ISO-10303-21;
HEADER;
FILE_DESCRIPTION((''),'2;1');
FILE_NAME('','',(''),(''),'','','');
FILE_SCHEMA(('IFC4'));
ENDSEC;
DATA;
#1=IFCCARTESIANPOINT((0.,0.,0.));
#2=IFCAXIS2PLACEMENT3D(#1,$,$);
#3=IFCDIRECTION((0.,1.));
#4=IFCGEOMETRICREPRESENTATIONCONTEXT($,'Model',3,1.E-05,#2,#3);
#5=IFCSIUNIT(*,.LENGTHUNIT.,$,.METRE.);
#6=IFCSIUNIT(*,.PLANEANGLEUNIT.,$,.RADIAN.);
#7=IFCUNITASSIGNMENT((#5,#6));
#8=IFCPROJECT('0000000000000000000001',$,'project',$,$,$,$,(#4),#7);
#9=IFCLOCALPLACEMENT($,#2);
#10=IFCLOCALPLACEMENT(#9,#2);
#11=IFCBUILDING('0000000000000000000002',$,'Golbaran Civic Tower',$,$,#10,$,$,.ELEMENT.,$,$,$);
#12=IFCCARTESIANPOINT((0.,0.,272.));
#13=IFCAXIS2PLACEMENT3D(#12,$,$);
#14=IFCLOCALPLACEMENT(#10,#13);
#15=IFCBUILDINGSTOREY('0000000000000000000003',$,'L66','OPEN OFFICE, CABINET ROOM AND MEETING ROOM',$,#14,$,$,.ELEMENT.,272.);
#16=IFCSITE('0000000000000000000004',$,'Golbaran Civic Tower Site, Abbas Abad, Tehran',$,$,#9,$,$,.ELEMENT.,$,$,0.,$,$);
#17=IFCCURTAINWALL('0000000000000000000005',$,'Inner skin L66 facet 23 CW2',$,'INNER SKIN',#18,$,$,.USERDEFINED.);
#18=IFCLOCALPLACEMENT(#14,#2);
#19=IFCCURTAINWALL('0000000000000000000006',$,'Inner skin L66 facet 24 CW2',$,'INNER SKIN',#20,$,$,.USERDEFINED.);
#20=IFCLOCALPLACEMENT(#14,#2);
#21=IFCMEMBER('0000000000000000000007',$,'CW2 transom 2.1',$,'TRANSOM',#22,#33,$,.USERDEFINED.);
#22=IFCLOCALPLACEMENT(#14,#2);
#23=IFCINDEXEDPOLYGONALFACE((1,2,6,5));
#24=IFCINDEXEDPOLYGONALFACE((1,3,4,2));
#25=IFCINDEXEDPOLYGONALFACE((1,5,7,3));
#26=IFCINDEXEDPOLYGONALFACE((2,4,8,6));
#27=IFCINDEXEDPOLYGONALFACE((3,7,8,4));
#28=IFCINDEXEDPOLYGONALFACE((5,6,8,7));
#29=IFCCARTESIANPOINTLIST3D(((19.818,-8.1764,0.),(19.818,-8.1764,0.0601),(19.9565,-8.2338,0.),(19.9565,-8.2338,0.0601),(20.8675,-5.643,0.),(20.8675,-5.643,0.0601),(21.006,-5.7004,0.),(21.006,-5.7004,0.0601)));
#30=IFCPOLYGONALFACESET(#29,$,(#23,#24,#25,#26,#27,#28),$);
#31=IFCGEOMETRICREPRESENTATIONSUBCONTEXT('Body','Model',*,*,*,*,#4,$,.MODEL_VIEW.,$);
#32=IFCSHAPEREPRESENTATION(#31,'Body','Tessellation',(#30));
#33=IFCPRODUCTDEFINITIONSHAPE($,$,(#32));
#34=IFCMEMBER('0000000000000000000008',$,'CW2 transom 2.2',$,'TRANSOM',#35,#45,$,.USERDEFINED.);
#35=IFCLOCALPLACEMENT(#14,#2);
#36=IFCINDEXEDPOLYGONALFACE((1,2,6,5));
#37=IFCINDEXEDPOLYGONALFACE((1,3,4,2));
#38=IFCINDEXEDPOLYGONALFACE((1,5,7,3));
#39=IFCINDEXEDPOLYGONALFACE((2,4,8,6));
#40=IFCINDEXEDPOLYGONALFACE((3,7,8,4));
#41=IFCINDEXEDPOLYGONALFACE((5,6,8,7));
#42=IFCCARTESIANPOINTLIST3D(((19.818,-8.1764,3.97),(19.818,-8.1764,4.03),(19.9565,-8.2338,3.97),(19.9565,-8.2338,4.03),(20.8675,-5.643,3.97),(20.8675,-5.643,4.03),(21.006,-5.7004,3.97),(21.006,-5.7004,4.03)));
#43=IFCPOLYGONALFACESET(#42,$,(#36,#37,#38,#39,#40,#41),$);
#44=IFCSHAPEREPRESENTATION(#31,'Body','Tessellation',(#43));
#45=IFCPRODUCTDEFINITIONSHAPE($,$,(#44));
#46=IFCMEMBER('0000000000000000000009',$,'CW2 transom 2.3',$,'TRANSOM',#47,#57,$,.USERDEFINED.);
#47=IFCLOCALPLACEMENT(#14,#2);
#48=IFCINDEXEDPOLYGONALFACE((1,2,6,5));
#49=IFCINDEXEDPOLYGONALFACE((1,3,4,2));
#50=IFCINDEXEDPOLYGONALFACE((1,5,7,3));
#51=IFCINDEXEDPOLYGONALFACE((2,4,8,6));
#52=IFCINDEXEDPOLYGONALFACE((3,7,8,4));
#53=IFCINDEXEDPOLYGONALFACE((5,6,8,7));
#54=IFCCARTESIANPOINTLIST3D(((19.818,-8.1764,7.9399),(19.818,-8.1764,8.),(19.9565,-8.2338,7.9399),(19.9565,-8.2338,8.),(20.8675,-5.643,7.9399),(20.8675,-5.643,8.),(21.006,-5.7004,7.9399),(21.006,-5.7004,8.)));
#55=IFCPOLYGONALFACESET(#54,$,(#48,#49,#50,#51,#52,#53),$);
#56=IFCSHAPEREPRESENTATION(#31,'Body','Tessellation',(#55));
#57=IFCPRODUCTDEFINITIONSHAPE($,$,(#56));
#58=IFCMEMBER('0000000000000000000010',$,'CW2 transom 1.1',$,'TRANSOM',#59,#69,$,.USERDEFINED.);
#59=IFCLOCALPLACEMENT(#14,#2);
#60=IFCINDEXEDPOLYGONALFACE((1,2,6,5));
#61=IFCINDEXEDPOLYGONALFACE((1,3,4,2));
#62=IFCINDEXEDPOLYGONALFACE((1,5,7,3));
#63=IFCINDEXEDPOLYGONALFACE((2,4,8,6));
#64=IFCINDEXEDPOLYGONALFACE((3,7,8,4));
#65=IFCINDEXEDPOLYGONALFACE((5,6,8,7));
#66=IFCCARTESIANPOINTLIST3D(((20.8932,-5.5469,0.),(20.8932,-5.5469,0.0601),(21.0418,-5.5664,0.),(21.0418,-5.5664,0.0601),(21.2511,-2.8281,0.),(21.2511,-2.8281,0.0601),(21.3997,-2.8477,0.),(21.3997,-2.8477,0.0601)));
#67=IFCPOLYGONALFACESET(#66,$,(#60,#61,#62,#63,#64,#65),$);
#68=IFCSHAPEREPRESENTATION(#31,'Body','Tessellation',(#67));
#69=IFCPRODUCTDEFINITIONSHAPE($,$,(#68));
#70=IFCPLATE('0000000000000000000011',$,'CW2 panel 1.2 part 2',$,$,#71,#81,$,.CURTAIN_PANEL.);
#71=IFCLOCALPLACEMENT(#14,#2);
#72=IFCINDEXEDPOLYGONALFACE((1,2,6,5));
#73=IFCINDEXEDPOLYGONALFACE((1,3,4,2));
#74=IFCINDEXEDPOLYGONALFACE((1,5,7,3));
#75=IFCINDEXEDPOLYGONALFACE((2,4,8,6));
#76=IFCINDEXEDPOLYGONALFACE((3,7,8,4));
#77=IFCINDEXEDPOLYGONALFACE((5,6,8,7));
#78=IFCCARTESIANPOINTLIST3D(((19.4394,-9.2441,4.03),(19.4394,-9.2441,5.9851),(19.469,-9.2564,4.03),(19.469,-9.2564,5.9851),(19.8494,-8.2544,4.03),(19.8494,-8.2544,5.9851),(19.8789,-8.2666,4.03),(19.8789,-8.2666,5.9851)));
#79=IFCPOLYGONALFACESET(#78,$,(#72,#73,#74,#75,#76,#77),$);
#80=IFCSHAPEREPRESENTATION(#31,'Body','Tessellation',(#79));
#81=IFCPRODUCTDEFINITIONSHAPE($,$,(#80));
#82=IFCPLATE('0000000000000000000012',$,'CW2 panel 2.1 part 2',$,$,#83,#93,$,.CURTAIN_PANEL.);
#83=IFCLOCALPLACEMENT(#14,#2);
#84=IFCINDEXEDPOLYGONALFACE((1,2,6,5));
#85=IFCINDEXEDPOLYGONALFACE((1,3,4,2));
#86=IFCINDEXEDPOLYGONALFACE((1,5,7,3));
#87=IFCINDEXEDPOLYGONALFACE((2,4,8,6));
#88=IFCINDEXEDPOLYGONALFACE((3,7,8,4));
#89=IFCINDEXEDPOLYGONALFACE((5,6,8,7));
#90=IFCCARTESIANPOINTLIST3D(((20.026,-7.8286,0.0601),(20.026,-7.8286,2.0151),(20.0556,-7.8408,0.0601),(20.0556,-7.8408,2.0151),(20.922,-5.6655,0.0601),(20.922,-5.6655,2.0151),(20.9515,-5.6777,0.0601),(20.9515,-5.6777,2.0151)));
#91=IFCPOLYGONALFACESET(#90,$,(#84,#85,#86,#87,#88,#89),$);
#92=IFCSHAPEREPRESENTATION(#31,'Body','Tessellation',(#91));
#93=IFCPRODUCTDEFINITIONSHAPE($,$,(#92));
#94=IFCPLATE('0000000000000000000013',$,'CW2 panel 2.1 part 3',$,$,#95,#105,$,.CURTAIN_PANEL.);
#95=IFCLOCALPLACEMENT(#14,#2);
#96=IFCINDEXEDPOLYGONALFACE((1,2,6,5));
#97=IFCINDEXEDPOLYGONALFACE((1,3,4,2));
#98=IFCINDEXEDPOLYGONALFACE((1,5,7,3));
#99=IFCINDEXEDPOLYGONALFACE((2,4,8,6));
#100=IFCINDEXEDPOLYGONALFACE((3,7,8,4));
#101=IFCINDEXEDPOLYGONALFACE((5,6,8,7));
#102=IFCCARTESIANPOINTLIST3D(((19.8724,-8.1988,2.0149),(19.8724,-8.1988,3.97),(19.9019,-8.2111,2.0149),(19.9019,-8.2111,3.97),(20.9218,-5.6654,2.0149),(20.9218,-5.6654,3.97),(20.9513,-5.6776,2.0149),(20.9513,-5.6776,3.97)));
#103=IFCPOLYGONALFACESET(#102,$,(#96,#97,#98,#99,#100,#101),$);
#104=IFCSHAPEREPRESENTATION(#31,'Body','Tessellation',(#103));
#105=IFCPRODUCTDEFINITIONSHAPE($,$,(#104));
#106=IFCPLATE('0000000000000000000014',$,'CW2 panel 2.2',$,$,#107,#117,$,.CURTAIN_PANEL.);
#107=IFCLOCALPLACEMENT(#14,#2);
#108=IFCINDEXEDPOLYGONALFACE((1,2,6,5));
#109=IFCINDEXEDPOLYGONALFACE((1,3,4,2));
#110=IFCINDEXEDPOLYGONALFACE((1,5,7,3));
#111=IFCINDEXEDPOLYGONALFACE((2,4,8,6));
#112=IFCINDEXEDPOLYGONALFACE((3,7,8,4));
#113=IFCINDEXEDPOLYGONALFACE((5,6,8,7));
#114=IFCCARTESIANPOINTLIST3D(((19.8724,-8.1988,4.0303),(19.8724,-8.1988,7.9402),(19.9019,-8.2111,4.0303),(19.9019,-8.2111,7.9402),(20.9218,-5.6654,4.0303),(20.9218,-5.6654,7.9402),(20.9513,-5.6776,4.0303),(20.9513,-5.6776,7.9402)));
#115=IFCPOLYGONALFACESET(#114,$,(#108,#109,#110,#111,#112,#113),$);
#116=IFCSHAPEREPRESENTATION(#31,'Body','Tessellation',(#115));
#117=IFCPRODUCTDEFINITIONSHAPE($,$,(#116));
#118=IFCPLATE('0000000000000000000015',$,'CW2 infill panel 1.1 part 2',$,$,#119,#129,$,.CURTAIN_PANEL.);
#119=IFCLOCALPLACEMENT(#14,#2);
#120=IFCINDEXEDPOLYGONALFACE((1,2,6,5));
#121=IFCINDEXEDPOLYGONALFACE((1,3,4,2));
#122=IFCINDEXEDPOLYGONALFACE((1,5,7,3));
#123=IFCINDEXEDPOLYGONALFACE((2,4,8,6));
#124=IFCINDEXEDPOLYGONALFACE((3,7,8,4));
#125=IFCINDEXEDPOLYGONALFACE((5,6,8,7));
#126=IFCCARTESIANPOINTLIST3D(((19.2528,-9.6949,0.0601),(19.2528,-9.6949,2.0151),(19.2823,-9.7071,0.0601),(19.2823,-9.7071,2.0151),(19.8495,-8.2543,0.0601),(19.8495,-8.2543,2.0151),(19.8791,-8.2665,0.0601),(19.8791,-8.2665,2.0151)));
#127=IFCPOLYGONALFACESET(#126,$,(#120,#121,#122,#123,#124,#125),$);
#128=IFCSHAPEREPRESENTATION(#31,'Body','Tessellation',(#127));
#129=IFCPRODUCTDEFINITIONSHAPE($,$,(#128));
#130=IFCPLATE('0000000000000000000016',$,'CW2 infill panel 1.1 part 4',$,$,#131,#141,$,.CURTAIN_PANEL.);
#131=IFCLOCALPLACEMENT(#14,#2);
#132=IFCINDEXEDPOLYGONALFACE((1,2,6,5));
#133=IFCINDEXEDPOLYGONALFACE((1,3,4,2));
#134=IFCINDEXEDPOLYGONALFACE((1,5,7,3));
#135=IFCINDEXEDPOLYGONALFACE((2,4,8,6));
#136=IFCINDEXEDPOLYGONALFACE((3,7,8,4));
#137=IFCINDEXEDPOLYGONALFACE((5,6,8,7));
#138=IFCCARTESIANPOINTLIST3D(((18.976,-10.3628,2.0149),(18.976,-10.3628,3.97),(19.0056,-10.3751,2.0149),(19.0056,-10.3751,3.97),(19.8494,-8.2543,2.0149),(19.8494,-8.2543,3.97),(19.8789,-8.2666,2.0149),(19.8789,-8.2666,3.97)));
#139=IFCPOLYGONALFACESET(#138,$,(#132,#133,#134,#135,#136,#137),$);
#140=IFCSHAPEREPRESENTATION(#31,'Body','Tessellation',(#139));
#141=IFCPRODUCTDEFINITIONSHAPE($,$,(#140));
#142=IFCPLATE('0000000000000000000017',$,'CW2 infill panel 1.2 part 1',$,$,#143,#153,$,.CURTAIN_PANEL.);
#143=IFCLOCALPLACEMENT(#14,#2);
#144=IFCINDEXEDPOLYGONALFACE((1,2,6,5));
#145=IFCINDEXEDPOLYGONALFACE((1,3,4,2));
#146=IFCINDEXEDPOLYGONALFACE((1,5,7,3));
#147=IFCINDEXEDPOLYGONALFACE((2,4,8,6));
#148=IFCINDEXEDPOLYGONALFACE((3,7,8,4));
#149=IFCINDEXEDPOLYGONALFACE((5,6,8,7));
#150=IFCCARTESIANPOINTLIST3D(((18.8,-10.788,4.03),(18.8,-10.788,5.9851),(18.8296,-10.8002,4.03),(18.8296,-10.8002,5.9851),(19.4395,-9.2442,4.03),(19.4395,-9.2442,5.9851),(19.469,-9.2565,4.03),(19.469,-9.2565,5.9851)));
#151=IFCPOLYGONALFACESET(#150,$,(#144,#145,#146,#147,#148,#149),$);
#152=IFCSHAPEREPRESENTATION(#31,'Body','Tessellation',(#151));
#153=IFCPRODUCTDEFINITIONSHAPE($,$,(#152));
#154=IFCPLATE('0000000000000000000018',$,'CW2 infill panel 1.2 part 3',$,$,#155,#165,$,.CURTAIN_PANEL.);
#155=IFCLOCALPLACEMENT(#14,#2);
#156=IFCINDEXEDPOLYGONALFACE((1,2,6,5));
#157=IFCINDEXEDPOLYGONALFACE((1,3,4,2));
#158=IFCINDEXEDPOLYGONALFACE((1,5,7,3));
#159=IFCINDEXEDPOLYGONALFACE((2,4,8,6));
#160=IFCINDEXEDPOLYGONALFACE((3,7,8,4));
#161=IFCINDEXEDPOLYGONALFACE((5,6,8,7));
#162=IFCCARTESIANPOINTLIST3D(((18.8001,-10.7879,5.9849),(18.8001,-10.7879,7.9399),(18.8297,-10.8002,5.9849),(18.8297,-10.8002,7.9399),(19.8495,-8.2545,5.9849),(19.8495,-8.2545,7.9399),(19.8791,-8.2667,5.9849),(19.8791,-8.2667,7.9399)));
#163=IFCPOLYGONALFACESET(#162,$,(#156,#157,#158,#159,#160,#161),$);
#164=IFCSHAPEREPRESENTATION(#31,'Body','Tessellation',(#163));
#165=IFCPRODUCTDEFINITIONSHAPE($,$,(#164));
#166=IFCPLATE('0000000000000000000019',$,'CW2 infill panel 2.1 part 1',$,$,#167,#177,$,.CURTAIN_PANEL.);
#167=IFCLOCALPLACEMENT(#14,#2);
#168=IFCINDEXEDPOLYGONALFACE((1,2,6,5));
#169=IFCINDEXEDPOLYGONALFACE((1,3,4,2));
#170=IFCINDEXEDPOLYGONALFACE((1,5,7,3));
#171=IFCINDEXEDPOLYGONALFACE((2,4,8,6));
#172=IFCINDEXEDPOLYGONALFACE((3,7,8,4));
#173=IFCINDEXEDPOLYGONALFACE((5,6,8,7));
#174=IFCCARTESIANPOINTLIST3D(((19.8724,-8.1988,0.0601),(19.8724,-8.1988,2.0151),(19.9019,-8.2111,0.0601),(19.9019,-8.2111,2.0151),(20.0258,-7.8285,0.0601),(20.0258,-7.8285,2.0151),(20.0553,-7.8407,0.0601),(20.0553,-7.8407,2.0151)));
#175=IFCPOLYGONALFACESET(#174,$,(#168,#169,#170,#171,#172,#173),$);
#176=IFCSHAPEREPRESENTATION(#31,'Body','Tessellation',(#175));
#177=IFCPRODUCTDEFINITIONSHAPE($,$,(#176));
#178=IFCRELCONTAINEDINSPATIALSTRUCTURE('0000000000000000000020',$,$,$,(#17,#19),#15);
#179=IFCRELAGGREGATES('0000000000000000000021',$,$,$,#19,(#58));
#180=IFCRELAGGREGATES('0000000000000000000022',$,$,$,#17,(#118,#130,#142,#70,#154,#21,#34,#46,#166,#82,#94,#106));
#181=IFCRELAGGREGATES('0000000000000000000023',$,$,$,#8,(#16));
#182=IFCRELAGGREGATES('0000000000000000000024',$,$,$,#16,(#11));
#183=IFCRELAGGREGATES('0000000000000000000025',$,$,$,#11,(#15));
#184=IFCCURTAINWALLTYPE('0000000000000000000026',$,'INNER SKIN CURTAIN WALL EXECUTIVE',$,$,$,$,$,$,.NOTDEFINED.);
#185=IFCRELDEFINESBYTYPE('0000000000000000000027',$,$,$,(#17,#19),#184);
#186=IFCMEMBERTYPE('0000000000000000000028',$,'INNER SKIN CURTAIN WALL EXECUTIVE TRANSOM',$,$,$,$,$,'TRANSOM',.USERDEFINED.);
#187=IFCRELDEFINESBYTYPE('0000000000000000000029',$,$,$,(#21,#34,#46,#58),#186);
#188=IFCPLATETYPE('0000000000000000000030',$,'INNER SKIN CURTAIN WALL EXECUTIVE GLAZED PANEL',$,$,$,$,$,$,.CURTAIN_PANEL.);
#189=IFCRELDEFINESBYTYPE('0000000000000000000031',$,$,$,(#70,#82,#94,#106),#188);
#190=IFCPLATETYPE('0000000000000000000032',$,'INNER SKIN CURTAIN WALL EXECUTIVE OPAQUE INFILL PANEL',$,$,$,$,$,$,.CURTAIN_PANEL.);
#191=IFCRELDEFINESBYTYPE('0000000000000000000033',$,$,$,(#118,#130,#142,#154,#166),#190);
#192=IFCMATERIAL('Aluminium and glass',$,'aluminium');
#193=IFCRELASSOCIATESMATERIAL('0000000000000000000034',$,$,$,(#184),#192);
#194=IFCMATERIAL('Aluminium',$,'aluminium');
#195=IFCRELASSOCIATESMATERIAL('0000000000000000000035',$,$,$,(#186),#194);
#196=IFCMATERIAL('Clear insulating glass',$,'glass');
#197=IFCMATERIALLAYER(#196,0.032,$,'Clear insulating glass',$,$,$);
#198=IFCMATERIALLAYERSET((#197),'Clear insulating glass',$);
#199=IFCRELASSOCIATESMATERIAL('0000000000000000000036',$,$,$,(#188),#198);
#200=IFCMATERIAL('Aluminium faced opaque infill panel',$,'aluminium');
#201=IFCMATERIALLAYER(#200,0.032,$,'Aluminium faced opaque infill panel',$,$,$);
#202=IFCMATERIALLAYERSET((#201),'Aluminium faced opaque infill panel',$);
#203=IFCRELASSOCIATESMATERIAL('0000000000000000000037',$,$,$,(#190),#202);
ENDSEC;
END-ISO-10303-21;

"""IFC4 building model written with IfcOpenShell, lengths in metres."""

from ifc_helpers import new_model, si_unit, direction, frame, origin, origin_2d, place, context, subcontext, project, spatial, rectangle, extrude, material, layer, layer_set, material_profile, profile_set, type_object, element, aggregate, save


model = new_model("IFC4")

# Units and contexts
model_context = context("Model", 3, precision=1e-05, world=origin(), true_north=direction((0.0, 1.0)))
body_context = subcontext(model_context, "Body", "Model", "MODEL_VIEW")
ifc_project = project(units=[si_unit("LENGTHUNIT", "METRE"), si_unit("PLANEANGLEUNIT", "RADIAN")], contexts=[model_context])

# Site, building, storey
site_placement = place(None, origin())
site = spatial("IfcSite", under=ifc_project, at=site_placement, Name="Golbaran Civic Tower Site, Abbas Abad, Tehran", CompositionType="ELEMENT", RefElevation=0.0)
building_placement = place(site_placement, origin())
building = spatial("IfcBuilding", under=site, at=building_placement, Name="Golbaran Civic Tower", CompositionType="ELEMENT")
storey_placement = place(building_placement, frame((0.0, 0.0, 272.0)))
storey = spatial("IfcBuildingStorey", under=building, at=storey_placement, Name="L66", Description="OPEN OFFICE, CABINET ROOM AND MEETING ROOM", CompositionType="ELEMENT", Elevation=272.0)

# Curtain wall
ifc_material_1 = material(Name="Aluminium and glass", Category="aluminium")
curtain_wall_type = type_object("IfcCurtainWallType", Name="INNER SKIN CURTAIN WALL EXECUTIVE", PredefinedType="NOTDEFINED", material=ifc_material_1)
curtain_wall_1_placement = place(storey_placement, origin())
curtain_wall_1 = element("IfcCurtainWall", 1, at=curtain_wall_1_placement, inside=storey, type_object=curtain_wall_type, Name="Inner skin L66 facet 23 CW2", ObjectType="INNER SKIN", PredefinedType="USERDEFINED")
ifc_material_2 = material(Name="Aluminium", Category="aluminium")

# Curtain wall
curtain_wall_2_placement = place(storey_placement, origin())
curtain_wall_2 = element("IfcCurtainWall", 2, at=curtain_wall_2_placement, inside=storey, type_object=curtain_wall_type, Name="Inner skin L66 facet 24 CW2", ObjectType="INNER SKIN", PredefinedType="USERDEFINED")

# Members
ifc_material_profile_1 = material_profile(ifc_material_2, rectangle(XDim=0.1499, YDim=0.0601, at=origin_2d()), Name="INNER SKIN CURTAIN WALL EXECUTIVE TRANSOM")
ifc_profile_set_1 = profile_set([ifc_material_profile_1], Name="Aluminium")
member_type_1 = type_object("IfcMemberType", Name="INNER SKIN CURTAIN WALL EXECUTIVE TRANSOM", ElementType="TRANSOM", PredefinedType="USERDEFINED", material=ifc_profile_set_1)
member_1_placement = place(storey_placement, frame((19.8872, -8.2051, 0.03), z_axis=(0.382737, 0.923857, 0.0), x_axis=(-0.923857, 0.382737, 0.0)))
member_1 = element("IfcMember", 3, at=member_1_placement, type_object=member_type_1, Name="CW2 transom 2.1", ObjectType="TRANSOM", PredefinedType="USERDEFINED", context=body_context, shape_type="SweptSolid", body=[
    extrude(rectangle(XDim=0.1499, YDim=0.0601, at=origin_2d()), origin(), (0.0, 0.0, 1.0), 2.7422),
])
member_2_placement = place(storey_placement, frame((19.8872, -8.2051, 4.0), z_axis=(0.382737, 0.923857, 0.0), x_axis=(-0.923857, 0.382737, 0.0)))
member_2 = element("IfcMember", 4, at=member_2_placement, type_object=member_type_1, Name="CW2 transom 2.2", ObjectType="TRANSOM", PredefinedType="USERDEFINED", context=body_context, shape_type="SweptSolid", body=[
    extrude(rectangle(XDim=0.1499, YDim=0.0601, at=origin_2d()), origin(), (0.0, 0.0, 1.0), 2.7422),
])
member_3_placement = place(storey_placement, frame((19.8872, -8.2051, 7.97), z_axis=(0.382737, 0.923857, 0.0), x_axis=(-0.923857, 0.382737, 0.0)))
member_3 = element("IfcMember", 5, at=member_3_placement, type_object=member_type_1, Name="CW2 transom 2.3", ObjectType="TRANSOM", PredefinedType="USERDEFINED", context=body_context, shape_type="SweptSolid", body=[
    extrude(rectangle(XDim=0.1499, YDim=0.0601, at=origin_2d()), origin(), (0.0, 0.0, 1.0), 2.7422),
])
member_4_placement = place(storey_placement, frame((20.9675, -5.5566, 0.03), z_axis=(0.130519, 0.991446, 0.0), x_axis=(-0.991446, 0.130519, 0.0)))
member_4 = element("IfcMember", 6, at=member_4_placement, type_object=member_type_1, Name="CW2 transom 1.1", ObjectType="TRANSOM", PredefinedType="USERDEFINED", context=body_context, shape_type="SweptSolid", body=[
    extrude(rectangle(XDim=0.1499, YDim=0.0601, at=origin_2d()), origin(), (0.0, 0.0, 1.0), 2.7422),
])
aggregate(curtain_wall_2, [member_4])

# Plates
ifc_material_3 = material(Name="Clear insulating glass", Category="glass")
ifc_layer_1 = layer(ifc_material_3, 0.032, Name="Clear insulating glass")
ifc_layer_set_1 = layer_set([ifc_layer_1], Name="Clear insulating glass")
plate_type_1 = type_object("IfcPlateType", Name="INNER SKIN CURTAIN WALL EXECUTIVE GLAZED PANEL", PredefinedType="CURTAIN_PANEL", material=ifc_layer_set_1)
plate_1_placement = place(storey_placement, frame((19.6592, -8.7554, 4.03), z_axis=(0.0, 0.0, 1.0), x_axis=(0.382683, 0.92388, 0.0)))
plate_1 = element("IfcPlate", 7, at=plate_1_placement, type_object=plate_type_1, Name="CW2 panel 1.2 part 2", PredefinedType="CURTAIN_PANEL", context=body_context, shape_type="SweptSolid", body=[
    extrude(rectangle(XDim=1.0713, YDim=0.032, at=origin_2d()), origin(), (0.0, 0.0, 1.0), 1.9551),
])
plate_2_placement = place(storey_placement, frame((20.4888, -6.7532, 0.0601), z_axis=(0.0, 0.0, 1.0), x_axis=(0.382683, 0.92388, 0.0)))
plate_2 = element("IfcPlate", 8, at=plate_2_placement, type_object=plate_type_1, Name="CW2 panel 2.1 part 2", PredefinedType="CURTAIN_PANEL", context=body_context, shape_type="SweptSolid", body=[
    extrude(rectangle(XDim=2.3413, YDim=0.032, at=origin_2d()), origin(), (0.0, 0.0, 1.0), 1.9551),
])
plate_3_placement = place(storey_placement, frame((20.4119, -6.9382, 2.0149), z_axis=(0.0, 0.0, 1.0), x_axis=(0.382683, 0.92388, 0.0)))
plate_3 = element("IfcPlate", 9, at=plate_3_placement, type_object=plate_type_1, Name="CW2 panel 2.1 part 3", PredefinedType="CURTAIN_PANEL", context=body_context, shape_type="SweptSolid", body=[
    extrude(rectangle(XDim=2.7422, YDim=0.032, at=origin_2d()), origin(), (0.0, 0.0, 1.0), 1.9551),
])
plate_4_placement = place(storey_placement, frame((20.4119, -6.9382, 4.0303), z_axis=(0.0, 0.0, 1.0), x_axis=(0.382683, 0.92388, 0.0)))
plate_4 = element("IfcPlate", 10, at=plate_4_placement, type_object=plate_type_1, Name="CW2 panel 2.2", PredefinedType="CURTAIN_PANEL", context=body_context, shape_type="SweptSolid", body=[
    extrude(rectangle(XDim=2.7422, YDim=0.032, at=origin_2d()), origin(), (0.0, 0.0, 1.0), 3.9099),
])
ifc_material_4 = material(Name="Aluminium faced opaque infill panel", Category="aluminium")
ifc_layer_2 = layer(ifc_material_4, 0.032, Name="Aluminium faced opaque infill panel")
ifc_layer_set_2 = layer_set([ifc_layer_2], Name="Aluminium faced opaque infill panel")
plate_type_2 = type_object("IfcPlateType", Name="INNER SKIN CURTAIN WALL EXECUTIVE OPAQUE INFILL PANEL", PredefinedType="CURTAIN_PANEL", material=ifc_layer_set_2)
plate_5_placement = place(storey_placement, frame((19.5659, -8.9807, 0.0601), z_axis=(0.0, 0.0, 1.0), x_axis=(0.382683, 0.92388, 0.0)))
plate_5 = element("IfcPlate", 11, at=plate_5_placement, type_object=plate_type_2, Name="CW2 infill panel 1.1 part 2", PredefinedType="CURTAIN_PANEL", context=body_context, shape_type="SweptSolid", body=[
    extrude(rectangle(XDim=1.5593, YDim=0.032, at=origin_2d()), origin(), (0.0, 0.0, 1.0), 1.9551),
])
plate_6_placement = place(storey_placement, frame((19.4275, -9.3147, 2.0149), z_axis=(0.0, 0.0, 1.0), x_axis=(0.382683, 0.92388, 0.0)))
plate_6 = element("IfcPlate", 12, at=plate_6_placement, type_object=plate_type_2, Name="CW2 infill panel 1.1 part 4", PredefinedType="CURTAIN_PANEL", context=body_context, shape_type="SweptSolid", body=[
    extrude(rectangle(XDim=2.2822, YDim=0.032, at=origin_2d()), origin(), (0.0, 0.0, 1.0), 1.9551),
])
plate_7_placement = place(storey_placement, frame((19.1345, -10.0222, 4.03), z_axis=(0.0, 0.0, 1.0), x_axis=(0.382683, 0.92388, 0.0)))
plate_7 = element("IfcPlate", 13, at=plate_7_placement, type_object=plate_type_2, Name="CW2 infill panel 1.2 part 1", PredefinedType="CURTAIN_PANEL", context=body_context, shape_type="SweptSolid", body=[
    extrude(rectangle(XDim=1.6709, YDim=0.032, at=origin_2d()), origin(), (0.0, 0.0, 1.0), 1.9551),
])
plate_8_placement = place(storey_placement, frame((19.3396, -9.5273, 5.9849), z_axis=(0.0, 0.0, 1.0), x_axis=(0.382683, 0.92388, 0.0)))
plate_8 = element("IfcPlate", 14, at=plate_8_placement, type_object=plate_type_2, Name="CW2 infill panel 1.2 part 3", PredefinedType="CURTAIN_PANEL", context=body_context, shape_type="SweptSolid", body=[
    extrude(rectangle(XDim=2.7422, YDim=0.032, at=origin_2d()), origin(), (0.0, 0.0, 1.0), 1.9551),
])
plate_9_placement = place(storey_placement, frame((19.9639, -8.0198, 0.0601), z_axis=(0.0, 0.0, 1.0), x_axis=(0.382683, 0.92388, 0.0)))
plate_9 = element("IfcPlate", 15, at=plate_9_placement, type_object=plate_type_2, Name="CW2 infill panel 2.1 part 1", PredefinedType="CURTAIN_PANEL", context=body_context, shape_type="SweptSolid", body=[
    extrude(rectangle(XDim=0.4009, YDim=0.032, at=origin_2d()), origin(), (0.0, 0.0, 1.0), 1.9551),
])
aggregate(curtain_wall_1, [plate_5, plate_6, plate_7, plate_1, plate_8, member_1, member_2, member_3, plate_9, plate_2, plate_3, plate_4])

save(model, "model.ifc")
